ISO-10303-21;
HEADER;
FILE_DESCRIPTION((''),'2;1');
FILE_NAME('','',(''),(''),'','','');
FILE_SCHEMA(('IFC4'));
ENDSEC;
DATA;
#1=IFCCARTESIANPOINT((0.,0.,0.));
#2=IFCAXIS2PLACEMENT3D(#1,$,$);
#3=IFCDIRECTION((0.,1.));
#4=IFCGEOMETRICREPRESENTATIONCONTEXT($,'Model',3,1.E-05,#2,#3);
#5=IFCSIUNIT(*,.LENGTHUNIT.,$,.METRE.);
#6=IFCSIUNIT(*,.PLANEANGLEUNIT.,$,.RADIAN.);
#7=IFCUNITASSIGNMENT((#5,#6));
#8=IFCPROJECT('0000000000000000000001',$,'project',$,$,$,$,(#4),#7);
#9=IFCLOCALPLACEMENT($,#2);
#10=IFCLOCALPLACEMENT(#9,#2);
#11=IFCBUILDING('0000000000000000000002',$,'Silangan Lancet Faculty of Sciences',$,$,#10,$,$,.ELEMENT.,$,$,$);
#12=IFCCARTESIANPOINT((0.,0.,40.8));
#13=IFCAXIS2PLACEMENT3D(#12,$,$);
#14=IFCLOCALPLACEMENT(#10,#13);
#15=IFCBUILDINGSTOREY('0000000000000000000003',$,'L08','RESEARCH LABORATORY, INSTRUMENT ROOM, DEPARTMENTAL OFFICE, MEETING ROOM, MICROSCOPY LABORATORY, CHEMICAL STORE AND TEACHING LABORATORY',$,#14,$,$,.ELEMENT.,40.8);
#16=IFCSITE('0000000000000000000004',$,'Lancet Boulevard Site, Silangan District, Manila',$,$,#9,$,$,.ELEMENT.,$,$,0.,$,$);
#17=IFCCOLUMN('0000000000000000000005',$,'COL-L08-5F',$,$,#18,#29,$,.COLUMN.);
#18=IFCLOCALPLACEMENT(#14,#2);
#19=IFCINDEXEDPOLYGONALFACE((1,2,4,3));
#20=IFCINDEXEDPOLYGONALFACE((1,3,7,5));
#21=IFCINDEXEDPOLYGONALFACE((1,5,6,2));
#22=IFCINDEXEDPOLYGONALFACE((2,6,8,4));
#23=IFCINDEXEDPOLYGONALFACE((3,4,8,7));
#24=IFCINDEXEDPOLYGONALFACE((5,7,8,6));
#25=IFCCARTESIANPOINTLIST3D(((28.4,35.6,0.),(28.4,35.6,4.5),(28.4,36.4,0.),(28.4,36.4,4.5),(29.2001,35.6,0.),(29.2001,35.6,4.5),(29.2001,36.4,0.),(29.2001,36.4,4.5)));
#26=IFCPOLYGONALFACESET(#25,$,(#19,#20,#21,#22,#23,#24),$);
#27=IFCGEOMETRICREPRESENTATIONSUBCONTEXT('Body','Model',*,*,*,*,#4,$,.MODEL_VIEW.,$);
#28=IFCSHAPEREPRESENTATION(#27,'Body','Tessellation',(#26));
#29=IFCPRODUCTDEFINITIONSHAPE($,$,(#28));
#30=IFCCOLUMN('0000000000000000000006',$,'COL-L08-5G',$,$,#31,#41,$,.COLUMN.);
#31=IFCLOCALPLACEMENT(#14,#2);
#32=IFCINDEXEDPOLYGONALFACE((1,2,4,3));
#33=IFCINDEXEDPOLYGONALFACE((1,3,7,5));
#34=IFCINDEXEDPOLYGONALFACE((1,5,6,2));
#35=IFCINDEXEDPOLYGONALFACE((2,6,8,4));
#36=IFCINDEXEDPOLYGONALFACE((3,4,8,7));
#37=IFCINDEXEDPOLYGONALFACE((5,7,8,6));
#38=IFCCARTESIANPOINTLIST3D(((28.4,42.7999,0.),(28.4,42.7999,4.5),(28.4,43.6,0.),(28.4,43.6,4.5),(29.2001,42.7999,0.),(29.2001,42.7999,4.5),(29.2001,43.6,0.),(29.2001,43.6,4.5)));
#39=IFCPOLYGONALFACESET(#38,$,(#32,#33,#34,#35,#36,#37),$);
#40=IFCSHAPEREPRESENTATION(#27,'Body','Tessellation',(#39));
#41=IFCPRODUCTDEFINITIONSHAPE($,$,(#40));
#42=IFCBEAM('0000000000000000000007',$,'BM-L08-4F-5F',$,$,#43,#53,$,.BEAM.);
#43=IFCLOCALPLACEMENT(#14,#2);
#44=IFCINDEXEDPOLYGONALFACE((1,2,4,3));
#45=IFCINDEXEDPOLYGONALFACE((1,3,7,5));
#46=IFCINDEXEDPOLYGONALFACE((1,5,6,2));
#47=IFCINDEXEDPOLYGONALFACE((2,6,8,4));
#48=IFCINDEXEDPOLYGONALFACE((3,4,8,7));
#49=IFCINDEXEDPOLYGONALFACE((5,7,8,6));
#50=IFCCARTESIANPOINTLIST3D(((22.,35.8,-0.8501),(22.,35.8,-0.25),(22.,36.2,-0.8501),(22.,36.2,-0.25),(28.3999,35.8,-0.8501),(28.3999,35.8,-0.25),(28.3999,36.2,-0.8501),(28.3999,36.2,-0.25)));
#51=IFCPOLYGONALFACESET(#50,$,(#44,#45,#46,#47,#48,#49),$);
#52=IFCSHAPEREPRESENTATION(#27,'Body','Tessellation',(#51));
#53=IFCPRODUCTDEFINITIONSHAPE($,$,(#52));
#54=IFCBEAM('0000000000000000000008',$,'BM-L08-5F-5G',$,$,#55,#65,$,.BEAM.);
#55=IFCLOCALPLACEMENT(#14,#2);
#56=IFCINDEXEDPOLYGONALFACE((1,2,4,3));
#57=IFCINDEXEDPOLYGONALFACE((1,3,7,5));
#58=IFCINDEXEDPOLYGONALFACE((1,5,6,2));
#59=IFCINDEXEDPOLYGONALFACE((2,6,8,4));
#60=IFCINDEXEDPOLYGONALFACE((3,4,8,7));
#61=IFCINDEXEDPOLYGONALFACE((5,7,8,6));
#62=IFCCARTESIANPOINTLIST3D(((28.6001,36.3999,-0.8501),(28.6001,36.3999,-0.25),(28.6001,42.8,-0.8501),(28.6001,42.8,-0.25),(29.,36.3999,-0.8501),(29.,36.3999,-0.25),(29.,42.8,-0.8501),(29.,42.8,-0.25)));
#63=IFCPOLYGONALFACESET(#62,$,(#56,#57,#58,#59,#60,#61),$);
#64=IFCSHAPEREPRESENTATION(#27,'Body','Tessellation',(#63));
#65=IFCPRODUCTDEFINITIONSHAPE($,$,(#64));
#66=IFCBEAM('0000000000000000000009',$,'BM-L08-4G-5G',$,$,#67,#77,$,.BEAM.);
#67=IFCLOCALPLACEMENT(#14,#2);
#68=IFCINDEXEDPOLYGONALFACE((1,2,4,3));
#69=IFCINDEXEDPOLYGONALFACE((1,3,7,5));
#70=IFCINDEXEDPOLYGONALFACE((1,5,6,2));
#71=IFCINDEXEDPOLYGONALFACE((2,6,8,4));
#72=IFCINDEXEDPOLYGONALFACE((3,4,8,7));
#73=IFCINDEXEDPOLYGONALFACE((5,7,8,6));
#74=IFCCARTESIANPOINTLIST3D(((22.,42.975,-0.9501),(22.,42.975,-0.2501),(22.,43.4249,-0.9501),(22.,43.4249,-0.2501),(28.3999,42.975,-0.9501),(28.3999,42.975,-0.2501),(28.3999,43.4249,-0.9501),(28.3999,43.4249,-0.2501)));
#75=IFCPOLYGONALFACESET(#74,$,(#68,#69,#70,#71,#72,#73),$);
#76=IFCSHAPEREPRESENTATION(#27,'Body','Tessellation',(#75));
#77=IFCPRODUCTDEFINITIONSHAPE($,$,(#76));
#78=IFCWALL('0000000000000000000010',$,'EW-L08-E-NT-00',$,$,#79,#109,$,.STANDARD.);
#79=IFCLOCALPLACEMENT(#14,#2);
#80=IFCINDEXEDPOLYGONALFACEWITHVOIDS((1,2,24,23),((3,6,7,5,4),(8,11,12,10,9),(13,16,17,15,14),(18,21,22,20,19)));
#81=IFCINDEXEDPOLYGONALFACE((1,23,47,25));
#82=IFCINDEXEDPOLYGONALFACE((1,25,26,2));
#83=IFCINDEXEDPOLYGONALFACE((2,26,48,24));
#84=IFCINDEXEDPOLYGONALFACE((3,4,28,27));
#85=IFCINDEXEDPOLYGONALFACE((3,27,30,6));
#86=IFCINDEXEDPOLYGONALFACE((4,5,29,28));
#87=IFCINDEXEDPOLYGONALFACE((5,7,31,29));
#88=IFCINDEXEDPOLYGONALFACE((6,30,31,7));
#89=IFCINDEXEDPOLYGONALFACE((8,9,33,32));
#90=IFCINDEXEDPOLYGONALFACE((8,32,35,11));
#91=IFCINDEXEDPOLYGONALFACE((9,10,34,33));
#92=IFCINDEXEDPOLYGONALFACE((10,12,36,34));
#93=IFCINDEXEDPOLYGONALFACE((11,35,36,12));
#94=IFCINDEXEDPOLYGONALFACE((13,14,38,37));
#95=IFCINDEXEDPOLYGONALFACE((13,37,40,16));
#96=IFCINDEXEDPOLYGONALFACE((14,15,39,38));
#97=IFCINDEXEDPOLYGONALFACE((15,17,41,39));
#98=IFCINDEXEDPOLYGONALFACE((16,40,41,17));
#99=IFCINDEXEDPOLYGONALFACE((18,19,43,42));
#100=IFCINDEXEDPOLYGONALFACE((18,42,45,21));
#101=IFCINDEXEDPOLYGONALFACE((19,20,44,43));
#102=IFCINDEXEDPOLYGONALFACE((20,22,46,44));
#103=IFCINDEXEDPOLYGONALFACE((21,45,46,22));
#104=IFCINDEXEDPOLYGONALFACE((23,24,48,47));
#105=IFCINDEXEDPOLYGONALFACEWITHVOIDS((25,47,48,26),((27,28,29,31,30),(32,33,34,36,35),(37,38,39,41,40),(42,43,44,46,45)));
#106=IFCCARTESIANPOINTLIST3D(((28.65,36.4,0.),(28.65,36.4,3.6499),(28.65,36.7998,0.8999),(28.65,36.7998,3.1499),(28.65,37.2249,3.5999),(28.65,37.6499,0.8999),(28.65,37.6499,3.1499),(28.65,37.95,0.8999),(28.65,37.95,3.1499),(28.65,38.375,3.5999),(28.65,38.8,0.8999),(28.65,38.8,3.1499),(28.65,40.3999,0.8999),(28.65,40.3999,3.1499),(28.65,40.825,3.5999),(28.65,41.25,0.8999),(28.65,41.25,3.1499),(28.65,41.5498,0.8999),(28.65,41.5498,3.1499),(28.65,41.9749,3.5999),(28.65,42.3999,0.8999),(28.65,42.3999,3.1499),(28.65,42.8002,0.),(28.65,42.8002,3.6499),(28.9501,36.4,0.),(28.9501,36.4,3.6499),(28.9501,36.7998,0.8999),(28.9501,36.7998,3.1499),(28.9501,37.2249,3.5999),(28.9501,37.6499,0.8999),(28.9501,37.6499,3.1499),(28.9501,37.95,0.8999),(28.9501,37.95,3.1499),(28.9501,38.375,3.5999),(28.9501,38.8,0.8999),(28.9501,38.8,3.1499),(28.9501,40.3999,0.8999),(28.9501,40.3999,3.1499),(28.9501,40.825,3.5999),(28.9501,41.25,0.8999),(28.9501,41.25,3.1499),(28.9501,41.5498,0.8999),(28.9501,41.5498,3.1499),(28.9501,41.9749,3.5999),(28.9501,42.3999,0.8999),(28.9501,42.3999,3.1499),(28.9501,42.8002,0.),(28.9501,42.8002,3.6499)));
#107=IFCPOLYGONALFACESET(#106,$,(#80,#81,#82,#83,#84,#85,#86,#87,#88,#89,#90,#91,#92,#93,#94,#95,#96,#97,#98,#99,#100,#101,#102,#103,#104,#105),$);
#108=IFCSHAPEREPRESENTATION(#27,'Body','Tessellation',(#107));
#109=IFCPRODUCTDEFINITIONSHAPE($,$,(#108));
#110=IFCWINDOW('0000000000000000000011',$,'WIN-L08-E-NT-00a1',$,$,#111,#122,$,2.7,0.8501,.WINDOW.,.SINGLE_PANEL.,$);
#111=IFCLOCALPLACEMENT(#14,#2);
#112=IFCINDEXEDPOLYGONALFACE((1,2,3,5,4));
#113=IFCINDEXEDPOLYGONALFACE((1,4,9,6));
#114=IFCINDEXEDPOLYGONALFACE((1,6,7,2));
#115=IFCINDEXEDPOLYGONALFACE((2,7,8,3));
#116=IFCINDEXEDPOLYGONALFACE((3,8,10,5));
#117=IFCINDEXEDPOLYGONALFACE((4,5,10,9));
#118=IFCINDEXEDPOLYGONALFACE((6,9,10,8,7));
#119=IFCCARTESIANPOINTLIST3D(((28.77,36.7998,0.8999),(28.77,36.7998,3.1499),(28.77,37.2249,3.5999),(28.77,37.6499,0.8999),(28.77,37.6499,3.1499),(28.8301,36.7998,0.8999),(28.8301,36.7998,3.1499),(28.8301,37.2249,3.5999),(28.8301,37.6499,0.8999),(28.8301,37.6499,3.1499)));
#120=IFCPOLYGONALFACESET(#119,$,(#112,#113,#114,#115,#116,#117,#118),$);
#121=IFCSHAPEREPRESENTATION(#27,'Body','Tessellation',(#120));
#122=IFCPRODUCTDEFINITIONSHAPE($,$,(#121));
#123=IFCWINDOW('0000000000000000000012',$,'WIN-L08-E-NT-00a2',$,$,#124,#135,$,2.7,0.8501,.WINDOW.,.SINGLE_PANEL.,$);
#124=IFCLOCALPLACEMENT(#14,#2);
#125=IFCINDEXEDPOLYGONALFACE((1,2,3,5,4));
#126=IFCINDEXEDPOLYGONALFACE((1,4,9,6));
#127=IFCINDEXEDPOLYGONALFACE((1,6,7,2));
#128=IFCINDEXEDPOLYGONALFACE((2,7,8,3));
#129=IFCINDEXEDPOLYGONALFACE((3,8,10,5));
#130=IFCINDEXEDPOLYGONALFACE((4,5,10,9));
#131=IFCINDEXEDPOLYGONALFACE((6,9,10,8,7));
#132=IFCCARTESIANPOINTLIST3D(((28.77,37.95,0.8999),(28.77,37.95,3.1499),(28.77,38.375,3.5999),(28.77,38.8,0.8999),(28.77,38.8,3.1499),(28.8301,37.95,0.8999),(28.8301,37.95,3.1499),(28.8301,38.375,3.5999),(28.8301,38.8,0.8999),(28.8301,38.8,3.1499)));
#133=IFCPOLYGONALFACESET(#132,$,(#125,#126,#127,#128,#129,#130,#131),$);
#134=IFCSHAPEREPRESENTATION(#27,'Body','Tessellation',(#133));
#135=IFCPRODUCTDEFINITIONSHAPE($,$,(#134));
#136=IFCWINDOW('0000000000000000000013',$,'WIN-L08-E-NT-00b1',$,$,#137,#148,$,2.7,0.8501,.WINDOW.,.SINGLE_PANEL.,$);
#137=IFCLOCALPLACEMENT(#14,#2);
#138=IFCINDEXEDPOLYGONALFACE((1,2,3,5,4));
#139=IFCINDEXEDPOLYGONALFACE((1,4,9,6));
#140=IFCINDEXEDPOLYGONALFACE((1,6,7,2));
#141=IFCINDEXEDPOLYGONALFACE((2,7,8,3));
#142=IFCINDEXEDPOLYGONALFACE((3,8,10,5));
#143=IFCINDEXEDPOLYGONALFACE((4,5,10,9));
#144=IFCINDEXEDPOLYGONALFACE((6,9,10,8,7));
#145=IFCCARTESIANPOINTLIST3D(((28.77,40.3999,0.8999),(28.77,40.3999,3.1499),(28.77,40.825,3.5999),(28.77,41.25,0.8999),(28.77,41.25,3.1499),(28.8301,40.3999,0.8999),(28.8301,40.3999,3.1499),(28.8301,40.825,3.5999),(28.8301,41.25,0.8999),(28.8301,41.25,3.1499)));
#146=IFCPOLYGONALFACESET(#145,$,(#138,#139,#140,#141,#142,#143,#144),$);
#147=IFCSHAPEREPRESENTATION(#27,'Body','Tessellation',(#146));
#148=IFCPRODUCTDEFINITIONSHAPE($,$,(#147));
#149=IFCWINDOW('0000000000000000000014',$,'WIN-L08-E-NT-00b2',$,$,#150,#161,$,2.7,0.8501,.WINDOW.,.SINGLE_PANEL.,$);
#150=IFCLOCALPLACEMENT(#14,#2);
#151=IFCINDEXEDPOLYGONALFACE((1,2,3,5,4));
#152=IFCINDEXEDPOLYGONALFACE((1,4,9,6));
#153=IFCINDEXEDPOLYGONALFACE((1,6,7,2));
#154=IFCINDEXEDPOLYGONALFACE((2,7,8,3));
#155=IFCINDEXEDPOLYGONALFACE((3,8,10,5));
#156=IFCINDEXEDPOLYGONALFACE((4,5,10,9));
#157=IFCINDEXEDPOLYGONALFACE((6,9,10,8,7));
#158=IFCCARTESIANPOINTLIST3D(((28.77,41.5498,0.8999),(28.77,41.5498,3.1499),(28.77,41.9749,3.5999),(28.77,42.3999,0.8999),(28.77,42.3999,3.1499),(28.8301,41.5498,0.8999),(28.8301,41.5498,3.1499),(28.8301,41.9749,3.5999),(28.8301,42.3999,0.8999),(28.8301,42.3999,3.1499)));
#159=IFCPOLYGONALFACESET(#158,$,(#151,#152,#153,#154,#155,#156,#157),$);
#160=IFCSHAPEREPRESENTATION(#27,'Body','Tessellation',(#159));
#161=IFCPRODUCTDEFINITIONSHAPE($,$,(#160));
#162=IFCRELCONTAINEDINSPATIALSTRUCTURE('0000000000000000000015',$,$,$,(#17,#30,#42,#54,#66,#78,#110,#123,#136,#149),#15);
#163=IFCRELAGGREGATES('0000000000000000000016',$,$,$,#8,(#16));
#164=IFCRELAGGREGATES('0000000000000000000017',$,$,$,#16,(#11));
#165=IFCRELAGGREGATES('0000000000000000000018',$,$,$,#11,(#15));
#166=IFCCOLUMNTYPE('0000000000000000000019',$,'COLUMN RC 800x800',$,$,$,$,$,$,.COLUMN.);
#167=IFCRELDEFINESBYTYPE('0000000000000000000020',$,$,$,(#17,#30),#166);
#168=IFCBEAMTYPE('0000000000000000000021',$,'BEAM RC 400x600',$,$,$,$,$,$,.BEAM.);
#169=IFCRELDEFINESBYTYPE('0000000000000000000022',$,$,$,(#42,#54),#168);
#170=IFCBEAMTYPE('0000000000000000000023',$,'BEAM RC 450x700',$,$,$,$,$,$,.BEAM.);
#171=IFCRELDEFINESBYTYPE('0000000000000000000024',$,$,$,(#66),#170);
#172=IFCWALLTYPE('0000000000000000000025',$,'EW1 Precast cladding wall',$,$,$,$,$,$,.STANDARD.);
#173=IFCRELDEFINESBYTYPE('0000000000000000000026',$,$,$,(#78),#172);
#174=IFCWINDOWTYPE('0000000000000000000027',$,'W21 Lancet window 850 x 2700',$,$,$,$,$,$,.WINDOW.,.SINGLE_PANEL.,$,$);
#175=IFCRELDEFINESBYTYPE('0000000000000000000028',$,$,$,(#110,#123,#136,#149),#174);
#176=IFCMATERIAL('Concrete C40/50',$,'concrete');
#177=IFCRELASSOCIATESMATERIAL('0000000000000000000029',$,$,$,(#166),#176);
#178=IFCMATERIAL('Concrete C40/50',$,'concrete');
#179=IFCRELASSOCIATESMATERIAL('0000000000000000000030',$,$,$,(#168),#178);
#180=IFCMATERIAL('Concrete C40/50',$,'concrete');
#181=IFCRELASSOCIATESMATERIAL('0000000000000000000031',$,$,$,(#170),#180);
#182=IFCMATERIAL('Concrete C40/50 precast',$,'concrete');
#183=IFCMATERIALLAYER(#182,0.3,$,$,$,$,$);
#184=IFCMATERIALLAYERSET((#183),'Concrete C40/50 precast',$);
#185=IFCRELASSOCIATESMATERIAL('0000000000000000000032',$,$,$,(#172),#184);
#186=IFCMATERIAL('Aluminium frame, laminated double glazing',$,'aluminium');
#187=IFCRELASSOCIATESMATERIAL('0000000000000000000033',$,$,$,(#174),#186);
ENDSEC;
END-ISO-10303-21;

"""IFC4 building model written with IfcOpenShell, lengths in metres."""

from ifc_helpers import new_model, si_unit, direction, frame, frame_2d, origin, origin_2d, place, context, subcontext, project, spatial, polyline, rectangle, outline, extrude, material, layer, layer_set, material_profile, profile_set, type_object, element, fill, save


model = new_model("IFC4")

# Units and contexts
model_context = context("Model", 3, precision=1e-05, world=origin(), true_north=direction((0.0, 1.0)))
body_context = subcontext(model_context, "Body", "Model", "MODEL_VIEW")
ifc_project = project(units=[si_unit("LENGTHUNIT", "METRE"), si_unit("PLANEANGLEUNIT", "RADIAN")], contexts=[model_context])

# Site, building, storey
site_placement = place(None, origin())
site = spatial("IfcSite", under=ifc_project, at=site_placement, Name="Lancet Boulevard Site, Silangan District, Manila", CompositionType="ELEMENT", RefElevation=0.0)
building_placement = place(site_placement, origin())
building = spatial("IfcBuilding", under=site, at=building_placement, Name="Silangan Lancet Faculty of Sciences", CompositionType="ELEMENT")
storey_placement = place(building_placement, frame((0.0, 0.0, 40.8)))
storey = spatial("IfcBuildingStorey", under=building, at=storey_placement, Name="L08", Description="RESEARCH LABORATORY, INSTRUMENT ROOM, DEPARTMENTAL OFFICE, MEETING ROOM, MICROSCOPY LABORATORY, CHEMICAL STORE AND TEACHING LABORATORY", CompositionType="ELEMENT", Elevation=40.8)

# Columns
ifc_material_1 = material(Name="Concrete C40/50", Category="concrete")
ifc_material_profile_1 = material_profile(ifc_material_1, rectangle(XDim=0.8, YDim=0.8, at=origin_2d()), Name="RC 800x800")
ifc_profile_set_1 = profile_set([ifc_material_profile_1], Name="Concrete C40/50")
column_type = type_object("IfcColumnType", Name="COLUMN RC 800x800", PredefinedType="COLUMN", material=ifc_profile_set_1)
for number, where, z_axis, x_axis, name in (
    (1, (28.8, 36.0, 0.0), (0.0, 0.0, 1.0), (1.0, 0.0, 0.0), "COL-L08-5F"),
    (2, (28.8, 43.2, 0.0), (0.0, 0.0, 1.0), (1.0, 0.0, 0.0), "COL-L08-5G"),
):
    element("IfcColumn", number, at=place(storey_placement, frame(where, z_axis=z_axis, x_axis=x_axis)), inside=storey, type_object=column_type, Name=name, PredefinedType="COLUMN", context=body_context, shape_type="SweptSolid", body=[
        extrude(rectangle(XDim=0.8, YDim=0.8, at=origin_2d()), origin(), (0.0, 0.0, 1.0), 4.5),
    ])

# Beams
ifc_material_2 = material(Name="Concrete C40/50", Category="concrete")
ifc_material_profile_2 = material_profile(ifc_material_2, rectangle(XDim=0.3999, YDim=0.6001, at=origin_2d()), Name="RC 400x600")
ifc_profile_set_2 = profile_set([ifc_material_profile_2], Name="Concrete C40/50")
beam_type_1 = type_object("IfcBeamType", Name="BEAM RC 400x600", PredefinedType="BEAM", material=ifc_profile_set_2)
beam_1_placement = place(storey_placement, frame((22.0, 36.0, -0.55), z_axis=(1.0, 0.0, 0.0), x_axis=(0.0, 1.0, 0.0)))
element("IfcBeam", 3, at=beam_1_placement, inside=storey, type_object=beam_type_1, Name="BM-L08-4F-5F", PredefinedType="BEAM", context=body_context, shape_type="SweptSolid", body=[
    extrude(rectangle(XDim=0.3999, YDim=0.6001, at=origin_2d()), origin(), (0.0, 0.0, 1.0), 6.3999),
])
beam_2_placement = place(storey_placement, frame((28.8, 36.3999, -0.55), z_axis=(0.0, 1.0, 0.0), x_axis=(-1.0, 0.0, 0.0)))
element("IfcBeam", 4, at=beam_2_placement, inside=storey, type_object=beam_type_1, Name="BM-L08-5F-5G", PredefinedType="BEAM", context=body_context, shape_type="SweptSolid", body=[
    extrude(rectangle(XDim=0.3999, YDim=0.6001, at=origin_2d()), origin(), (0.0, 0.0, 1.0), 6.4001),
])
ifc_material_3 = material(Name="Concrete C40/50", Category="concrete")
ifc_material_profile_3 = material_profile(ifc_material_3, rectangle(XDim=0.45, YDim=0.7, at=origin_2d()), Name="RC 450x700")
ifc_profile_set_3 = profile_set([ifc_material_profile_3], Name="Concrete C40/50")
beam_type_2 = type_object("IfcBeamType", Name="BEAM RC 450x700", PredefinedType="BEAM", material=ifc_profile_set_3)
beam_3_placement = place(storey_placement, frame((22.0, 43.2, -0.6001), z_axis=(1.0, 0.0, 0.0), x_axis=(0.0, 1.0, 0.0)))
element("IfcBeam", 5, at=beam_3_placement, inside=storey, type_object=beam_type_2, Name="BM-L08-4G-5G", PredefinedType="BEAM", context=body_context, shape_type="SweptSolid", body=[
    extrude(rectangle(XDim=0.45, YDim=0.7, at=origin_2d()), origin(), (0.0, 0.0, 1.0), 6.3999),
])

# Wall, openings, windows
ifc_material_4 = material(Name="Concrete C40/50 precast", Category="concrete")
ifc_layer_1 = layer(ifc_material_4, 0.3)
ifc_layer_set_1 = layer_set([ifc_layer_1], Name="Concrete C40/50 precast")
wall_type_1 = type_object("IfcWallType", Name="EW1 Precast cladding wall", PredefinedType="STANDARD", material=ifc_layer_set_1)
wall_1_placement = place(storey_placement, frame((28.8, 36.3999, 0.0), z_axis=(0.0, 0.0, 1.0), x_axis=(0.0, 1.0, 0.0)))
wall_1 = element("IfcWall", 6, at=wall_1_placement, inside=storey, type_object=wall_type_1, Name="EW-L08-E-NT-00", PredefinedType="STANDARD", context=body_context, shape_type="SweptSolid", body=[
    extrude(rectangle(XDim=6.4001, YDim=0.3, at=frame_2d((3.2002, 0.0))), origin(), (0.0, 0.0, 1.0), 3.6499),
])
opening_1_placement = place(wall_1_placement, frame((0.3999, 0.0, 0.8999)))
opening_1 = element("IfcOpeningElement", 7, at=opening_1_placement, cuts=wall_1, PredefinedType="OPENING", context=body_context, shape_type="SweptSolid", body=[
    extrude(outline(polyline([(0.0, 0.0), (0.8501, 0.0), (0.8501, 2.25), (0.425, 2.7), (0.0, 2.25), (0.0, 0.0)])), frame((0.0, 0.1599, 0.0), z_axis=(0.0, -1.0, 0.0), x_axis=(1.0, 0.0, 0.0)), (0.0, 0.0, 1.0), 0.3201),
])
opening_2_placement = place(wall_1_placement, frame((1.55, 0.0, 0.8999)))
opening_2 = element("IfcOpeningElement", 8, at=opening_2_placement, cuts=wall_1, PredefinedType="OPENING", context=body_context, shape_type="SweptSolid", body=[
    extrude(outline(polyline([(0.0, 0.0), (0.8501, 0.0), (0.8501, 2.25), (0.425, 2.7), (0.0, 2.25), (0.0, 0.0)])), frame((0.0, 0.1599, 0.0), z_axis=(0.0, -1.0, 0.0), x_axis=(1.0, 0.0, 0.0)), (0.0, 0.0, 1.0), 0.3201),
])
opening_3_placement = place(wall_1_placement, frame((4.0, 0.0, 0.8999)))
opening_3 = element("IfcOpeningElement", 9, at=opening_3_placement, cuts=wall_1, PredefinedType="OPENING", context=body_context, shape_type="SweptSolid", body=[
    extrude(outline(polyline([(0.0, 0.0), (0.8501, 0.0), (0.8501, 2.25), (0.425, 2.7), (0.0, 2.25), (0.0, 0.0)])), frame((0.0, 0.1599, 0.0), z_axis=(0.0, -1.0, 0.0), x_axis=(1.0, 0.0, 0.0)), (0.0, 0.0, 1.0), 0.3201),
])
opening_4_placement = place(wall_1_placement, frame((5.1499, 0.0, 0.8999)))
opening_4 = element("IfcOpeningElement", 10, at=opening_4_placement, cuts=wall_1, PredefinedType="OPENING", context=body_context, shape_type="SweptSolid", body=[
    extrude(outline(polyline([(0.0, 0.0), (0.8501, 0.0), (0.8501, 2.25), (0.425, 2.7), (0.0, 2.25), (0.0, 0.0)])), frame((0.0, 0.1599, 0.0), z_axis=(0.0, -1.0, 0.0), x_axis=(1.0, 0.0, 0.0)), (0.0, 0.0, 1.0), 0.3201),
])
ifc_material_5 = material(Name="Aluminium frame, laminated double glazing", Category="aluminium")
window_type = type_object("IfcWindowType", Name="W21 Lancet window 850 x 2700", PartitioningType="SINGLE_PANEL", PredefinedType="WINDOW", material=ifc_material_5)
window_1_placement = place(opening_1_placement, origin())
window_1 = element("IfcWindow", 11, at=window_1_placement, inside=storey, type_object=window_type, Name="WIN-L08-E-NT-00a1", OverallHeight=2.7, OverallWidth=0.8501, PartitioningType="SINGLE_PANEL", PredefinedType="WINDOW", context=body_context, shape_type="SweptSolid", body=[
    extrude(outline(polyline([(0.0, 0.0), (0.8501, 0.0), (0.8501, 2.25), (0.425, 2.7), (0.0, 2.25), (0.0, 0.0)])), frame((0.0, 0.03, 0.0), z_axis=(0.0, -1.0, 0.0), x_axis=(1.0, 0.0, 0.0)), (0.0, 0.0, 1.0), 0.0601),
])
fill(opening_1, window_1)
window_2_placement = place(opening_2_placement, origin())
window_2 = element("IfcWindow", 12, at=window_2_placement, inside=storey, type_object=window_type, Name="WIN-L08-E-NT-00a2", OverallHeight=2.7, OverallWidth=0.8501, PartitioningType="SINGLE_PANEL", PredefinedType="WINDOW", context=body_context, shape_type="SweptSolid", body=[
    extrude(outline(polyline([(0.0, 0.0), (0.8501, 0.0), (0.8501, 2.25), (0.425, 2.7), (0.0, 2.25), (0.0, 0.0)])), frame((0.0, 0.03, 0.0), z_axis=(0.0, -1.0, 0.0), x_axis=(1.0, 0.0, 0.0)), (0.0, 0.0, 1.0), 0.0601),
])
fill(opening_2, window_2)
window_3_placement = place(opening_3_placement, origin())
window_3 = element("IfcWindow", 13, at=window_3_placement, inside=storey, type_object=window_type, Name="WIN-L08-E-NT-00b1", OverallHeight=2.7, OverallWidth=0.8501, PartitioningType="SINGLE_PANEL", PredefinedType="WINDOW", context=body_context, shape_type="SweptSolid", body=[
    extrude(outline(polyline([(0.0, 0.0), (0.8501, 0.0), (0.8501, 2.25), (0.425, 2.7), (0.0, 2.25), (0.0, 0.0)])), frame((0.0, 0.03, 0.0), z_axis=(0.0, -1.0, 0.0), x_axis=(1.0, 0.0, 0.0)), (0.0, 0.0, 1.0), 0.0601),
])
fill(opening_3, window_3)
window_4_placement = place(opening_4_placement, origin())
window_4 = element("IfcWindow", 14, at=window_4_placement, inside=storey, type_object=window_type, Name="WIN-L08-E-NT-00b2", OverallHeight=2.7, OverallWidth=0.8501, PartitioningType="SINGLE_PANEL", PredefinedType="WINDOW", context=body_context, shape_type="SweptSolid", body=[
    extrude(outline(polyline([(0.0, 0.0), (0.8501, 0.0), (0.8501, 2.25), (0.425, 2.7), (0.0, 2.25), (0.0, 0.0)])), frame((0.0, 0.03, 0.0), z_axis=(0.0, -1.0, 0.0), x_axis=(1.0, 0.0, 0.0)), (0.0, 0.0, 1.0), 0.0601),
])
fill(opening_4, window_4)

save(model, "model.ifc")
